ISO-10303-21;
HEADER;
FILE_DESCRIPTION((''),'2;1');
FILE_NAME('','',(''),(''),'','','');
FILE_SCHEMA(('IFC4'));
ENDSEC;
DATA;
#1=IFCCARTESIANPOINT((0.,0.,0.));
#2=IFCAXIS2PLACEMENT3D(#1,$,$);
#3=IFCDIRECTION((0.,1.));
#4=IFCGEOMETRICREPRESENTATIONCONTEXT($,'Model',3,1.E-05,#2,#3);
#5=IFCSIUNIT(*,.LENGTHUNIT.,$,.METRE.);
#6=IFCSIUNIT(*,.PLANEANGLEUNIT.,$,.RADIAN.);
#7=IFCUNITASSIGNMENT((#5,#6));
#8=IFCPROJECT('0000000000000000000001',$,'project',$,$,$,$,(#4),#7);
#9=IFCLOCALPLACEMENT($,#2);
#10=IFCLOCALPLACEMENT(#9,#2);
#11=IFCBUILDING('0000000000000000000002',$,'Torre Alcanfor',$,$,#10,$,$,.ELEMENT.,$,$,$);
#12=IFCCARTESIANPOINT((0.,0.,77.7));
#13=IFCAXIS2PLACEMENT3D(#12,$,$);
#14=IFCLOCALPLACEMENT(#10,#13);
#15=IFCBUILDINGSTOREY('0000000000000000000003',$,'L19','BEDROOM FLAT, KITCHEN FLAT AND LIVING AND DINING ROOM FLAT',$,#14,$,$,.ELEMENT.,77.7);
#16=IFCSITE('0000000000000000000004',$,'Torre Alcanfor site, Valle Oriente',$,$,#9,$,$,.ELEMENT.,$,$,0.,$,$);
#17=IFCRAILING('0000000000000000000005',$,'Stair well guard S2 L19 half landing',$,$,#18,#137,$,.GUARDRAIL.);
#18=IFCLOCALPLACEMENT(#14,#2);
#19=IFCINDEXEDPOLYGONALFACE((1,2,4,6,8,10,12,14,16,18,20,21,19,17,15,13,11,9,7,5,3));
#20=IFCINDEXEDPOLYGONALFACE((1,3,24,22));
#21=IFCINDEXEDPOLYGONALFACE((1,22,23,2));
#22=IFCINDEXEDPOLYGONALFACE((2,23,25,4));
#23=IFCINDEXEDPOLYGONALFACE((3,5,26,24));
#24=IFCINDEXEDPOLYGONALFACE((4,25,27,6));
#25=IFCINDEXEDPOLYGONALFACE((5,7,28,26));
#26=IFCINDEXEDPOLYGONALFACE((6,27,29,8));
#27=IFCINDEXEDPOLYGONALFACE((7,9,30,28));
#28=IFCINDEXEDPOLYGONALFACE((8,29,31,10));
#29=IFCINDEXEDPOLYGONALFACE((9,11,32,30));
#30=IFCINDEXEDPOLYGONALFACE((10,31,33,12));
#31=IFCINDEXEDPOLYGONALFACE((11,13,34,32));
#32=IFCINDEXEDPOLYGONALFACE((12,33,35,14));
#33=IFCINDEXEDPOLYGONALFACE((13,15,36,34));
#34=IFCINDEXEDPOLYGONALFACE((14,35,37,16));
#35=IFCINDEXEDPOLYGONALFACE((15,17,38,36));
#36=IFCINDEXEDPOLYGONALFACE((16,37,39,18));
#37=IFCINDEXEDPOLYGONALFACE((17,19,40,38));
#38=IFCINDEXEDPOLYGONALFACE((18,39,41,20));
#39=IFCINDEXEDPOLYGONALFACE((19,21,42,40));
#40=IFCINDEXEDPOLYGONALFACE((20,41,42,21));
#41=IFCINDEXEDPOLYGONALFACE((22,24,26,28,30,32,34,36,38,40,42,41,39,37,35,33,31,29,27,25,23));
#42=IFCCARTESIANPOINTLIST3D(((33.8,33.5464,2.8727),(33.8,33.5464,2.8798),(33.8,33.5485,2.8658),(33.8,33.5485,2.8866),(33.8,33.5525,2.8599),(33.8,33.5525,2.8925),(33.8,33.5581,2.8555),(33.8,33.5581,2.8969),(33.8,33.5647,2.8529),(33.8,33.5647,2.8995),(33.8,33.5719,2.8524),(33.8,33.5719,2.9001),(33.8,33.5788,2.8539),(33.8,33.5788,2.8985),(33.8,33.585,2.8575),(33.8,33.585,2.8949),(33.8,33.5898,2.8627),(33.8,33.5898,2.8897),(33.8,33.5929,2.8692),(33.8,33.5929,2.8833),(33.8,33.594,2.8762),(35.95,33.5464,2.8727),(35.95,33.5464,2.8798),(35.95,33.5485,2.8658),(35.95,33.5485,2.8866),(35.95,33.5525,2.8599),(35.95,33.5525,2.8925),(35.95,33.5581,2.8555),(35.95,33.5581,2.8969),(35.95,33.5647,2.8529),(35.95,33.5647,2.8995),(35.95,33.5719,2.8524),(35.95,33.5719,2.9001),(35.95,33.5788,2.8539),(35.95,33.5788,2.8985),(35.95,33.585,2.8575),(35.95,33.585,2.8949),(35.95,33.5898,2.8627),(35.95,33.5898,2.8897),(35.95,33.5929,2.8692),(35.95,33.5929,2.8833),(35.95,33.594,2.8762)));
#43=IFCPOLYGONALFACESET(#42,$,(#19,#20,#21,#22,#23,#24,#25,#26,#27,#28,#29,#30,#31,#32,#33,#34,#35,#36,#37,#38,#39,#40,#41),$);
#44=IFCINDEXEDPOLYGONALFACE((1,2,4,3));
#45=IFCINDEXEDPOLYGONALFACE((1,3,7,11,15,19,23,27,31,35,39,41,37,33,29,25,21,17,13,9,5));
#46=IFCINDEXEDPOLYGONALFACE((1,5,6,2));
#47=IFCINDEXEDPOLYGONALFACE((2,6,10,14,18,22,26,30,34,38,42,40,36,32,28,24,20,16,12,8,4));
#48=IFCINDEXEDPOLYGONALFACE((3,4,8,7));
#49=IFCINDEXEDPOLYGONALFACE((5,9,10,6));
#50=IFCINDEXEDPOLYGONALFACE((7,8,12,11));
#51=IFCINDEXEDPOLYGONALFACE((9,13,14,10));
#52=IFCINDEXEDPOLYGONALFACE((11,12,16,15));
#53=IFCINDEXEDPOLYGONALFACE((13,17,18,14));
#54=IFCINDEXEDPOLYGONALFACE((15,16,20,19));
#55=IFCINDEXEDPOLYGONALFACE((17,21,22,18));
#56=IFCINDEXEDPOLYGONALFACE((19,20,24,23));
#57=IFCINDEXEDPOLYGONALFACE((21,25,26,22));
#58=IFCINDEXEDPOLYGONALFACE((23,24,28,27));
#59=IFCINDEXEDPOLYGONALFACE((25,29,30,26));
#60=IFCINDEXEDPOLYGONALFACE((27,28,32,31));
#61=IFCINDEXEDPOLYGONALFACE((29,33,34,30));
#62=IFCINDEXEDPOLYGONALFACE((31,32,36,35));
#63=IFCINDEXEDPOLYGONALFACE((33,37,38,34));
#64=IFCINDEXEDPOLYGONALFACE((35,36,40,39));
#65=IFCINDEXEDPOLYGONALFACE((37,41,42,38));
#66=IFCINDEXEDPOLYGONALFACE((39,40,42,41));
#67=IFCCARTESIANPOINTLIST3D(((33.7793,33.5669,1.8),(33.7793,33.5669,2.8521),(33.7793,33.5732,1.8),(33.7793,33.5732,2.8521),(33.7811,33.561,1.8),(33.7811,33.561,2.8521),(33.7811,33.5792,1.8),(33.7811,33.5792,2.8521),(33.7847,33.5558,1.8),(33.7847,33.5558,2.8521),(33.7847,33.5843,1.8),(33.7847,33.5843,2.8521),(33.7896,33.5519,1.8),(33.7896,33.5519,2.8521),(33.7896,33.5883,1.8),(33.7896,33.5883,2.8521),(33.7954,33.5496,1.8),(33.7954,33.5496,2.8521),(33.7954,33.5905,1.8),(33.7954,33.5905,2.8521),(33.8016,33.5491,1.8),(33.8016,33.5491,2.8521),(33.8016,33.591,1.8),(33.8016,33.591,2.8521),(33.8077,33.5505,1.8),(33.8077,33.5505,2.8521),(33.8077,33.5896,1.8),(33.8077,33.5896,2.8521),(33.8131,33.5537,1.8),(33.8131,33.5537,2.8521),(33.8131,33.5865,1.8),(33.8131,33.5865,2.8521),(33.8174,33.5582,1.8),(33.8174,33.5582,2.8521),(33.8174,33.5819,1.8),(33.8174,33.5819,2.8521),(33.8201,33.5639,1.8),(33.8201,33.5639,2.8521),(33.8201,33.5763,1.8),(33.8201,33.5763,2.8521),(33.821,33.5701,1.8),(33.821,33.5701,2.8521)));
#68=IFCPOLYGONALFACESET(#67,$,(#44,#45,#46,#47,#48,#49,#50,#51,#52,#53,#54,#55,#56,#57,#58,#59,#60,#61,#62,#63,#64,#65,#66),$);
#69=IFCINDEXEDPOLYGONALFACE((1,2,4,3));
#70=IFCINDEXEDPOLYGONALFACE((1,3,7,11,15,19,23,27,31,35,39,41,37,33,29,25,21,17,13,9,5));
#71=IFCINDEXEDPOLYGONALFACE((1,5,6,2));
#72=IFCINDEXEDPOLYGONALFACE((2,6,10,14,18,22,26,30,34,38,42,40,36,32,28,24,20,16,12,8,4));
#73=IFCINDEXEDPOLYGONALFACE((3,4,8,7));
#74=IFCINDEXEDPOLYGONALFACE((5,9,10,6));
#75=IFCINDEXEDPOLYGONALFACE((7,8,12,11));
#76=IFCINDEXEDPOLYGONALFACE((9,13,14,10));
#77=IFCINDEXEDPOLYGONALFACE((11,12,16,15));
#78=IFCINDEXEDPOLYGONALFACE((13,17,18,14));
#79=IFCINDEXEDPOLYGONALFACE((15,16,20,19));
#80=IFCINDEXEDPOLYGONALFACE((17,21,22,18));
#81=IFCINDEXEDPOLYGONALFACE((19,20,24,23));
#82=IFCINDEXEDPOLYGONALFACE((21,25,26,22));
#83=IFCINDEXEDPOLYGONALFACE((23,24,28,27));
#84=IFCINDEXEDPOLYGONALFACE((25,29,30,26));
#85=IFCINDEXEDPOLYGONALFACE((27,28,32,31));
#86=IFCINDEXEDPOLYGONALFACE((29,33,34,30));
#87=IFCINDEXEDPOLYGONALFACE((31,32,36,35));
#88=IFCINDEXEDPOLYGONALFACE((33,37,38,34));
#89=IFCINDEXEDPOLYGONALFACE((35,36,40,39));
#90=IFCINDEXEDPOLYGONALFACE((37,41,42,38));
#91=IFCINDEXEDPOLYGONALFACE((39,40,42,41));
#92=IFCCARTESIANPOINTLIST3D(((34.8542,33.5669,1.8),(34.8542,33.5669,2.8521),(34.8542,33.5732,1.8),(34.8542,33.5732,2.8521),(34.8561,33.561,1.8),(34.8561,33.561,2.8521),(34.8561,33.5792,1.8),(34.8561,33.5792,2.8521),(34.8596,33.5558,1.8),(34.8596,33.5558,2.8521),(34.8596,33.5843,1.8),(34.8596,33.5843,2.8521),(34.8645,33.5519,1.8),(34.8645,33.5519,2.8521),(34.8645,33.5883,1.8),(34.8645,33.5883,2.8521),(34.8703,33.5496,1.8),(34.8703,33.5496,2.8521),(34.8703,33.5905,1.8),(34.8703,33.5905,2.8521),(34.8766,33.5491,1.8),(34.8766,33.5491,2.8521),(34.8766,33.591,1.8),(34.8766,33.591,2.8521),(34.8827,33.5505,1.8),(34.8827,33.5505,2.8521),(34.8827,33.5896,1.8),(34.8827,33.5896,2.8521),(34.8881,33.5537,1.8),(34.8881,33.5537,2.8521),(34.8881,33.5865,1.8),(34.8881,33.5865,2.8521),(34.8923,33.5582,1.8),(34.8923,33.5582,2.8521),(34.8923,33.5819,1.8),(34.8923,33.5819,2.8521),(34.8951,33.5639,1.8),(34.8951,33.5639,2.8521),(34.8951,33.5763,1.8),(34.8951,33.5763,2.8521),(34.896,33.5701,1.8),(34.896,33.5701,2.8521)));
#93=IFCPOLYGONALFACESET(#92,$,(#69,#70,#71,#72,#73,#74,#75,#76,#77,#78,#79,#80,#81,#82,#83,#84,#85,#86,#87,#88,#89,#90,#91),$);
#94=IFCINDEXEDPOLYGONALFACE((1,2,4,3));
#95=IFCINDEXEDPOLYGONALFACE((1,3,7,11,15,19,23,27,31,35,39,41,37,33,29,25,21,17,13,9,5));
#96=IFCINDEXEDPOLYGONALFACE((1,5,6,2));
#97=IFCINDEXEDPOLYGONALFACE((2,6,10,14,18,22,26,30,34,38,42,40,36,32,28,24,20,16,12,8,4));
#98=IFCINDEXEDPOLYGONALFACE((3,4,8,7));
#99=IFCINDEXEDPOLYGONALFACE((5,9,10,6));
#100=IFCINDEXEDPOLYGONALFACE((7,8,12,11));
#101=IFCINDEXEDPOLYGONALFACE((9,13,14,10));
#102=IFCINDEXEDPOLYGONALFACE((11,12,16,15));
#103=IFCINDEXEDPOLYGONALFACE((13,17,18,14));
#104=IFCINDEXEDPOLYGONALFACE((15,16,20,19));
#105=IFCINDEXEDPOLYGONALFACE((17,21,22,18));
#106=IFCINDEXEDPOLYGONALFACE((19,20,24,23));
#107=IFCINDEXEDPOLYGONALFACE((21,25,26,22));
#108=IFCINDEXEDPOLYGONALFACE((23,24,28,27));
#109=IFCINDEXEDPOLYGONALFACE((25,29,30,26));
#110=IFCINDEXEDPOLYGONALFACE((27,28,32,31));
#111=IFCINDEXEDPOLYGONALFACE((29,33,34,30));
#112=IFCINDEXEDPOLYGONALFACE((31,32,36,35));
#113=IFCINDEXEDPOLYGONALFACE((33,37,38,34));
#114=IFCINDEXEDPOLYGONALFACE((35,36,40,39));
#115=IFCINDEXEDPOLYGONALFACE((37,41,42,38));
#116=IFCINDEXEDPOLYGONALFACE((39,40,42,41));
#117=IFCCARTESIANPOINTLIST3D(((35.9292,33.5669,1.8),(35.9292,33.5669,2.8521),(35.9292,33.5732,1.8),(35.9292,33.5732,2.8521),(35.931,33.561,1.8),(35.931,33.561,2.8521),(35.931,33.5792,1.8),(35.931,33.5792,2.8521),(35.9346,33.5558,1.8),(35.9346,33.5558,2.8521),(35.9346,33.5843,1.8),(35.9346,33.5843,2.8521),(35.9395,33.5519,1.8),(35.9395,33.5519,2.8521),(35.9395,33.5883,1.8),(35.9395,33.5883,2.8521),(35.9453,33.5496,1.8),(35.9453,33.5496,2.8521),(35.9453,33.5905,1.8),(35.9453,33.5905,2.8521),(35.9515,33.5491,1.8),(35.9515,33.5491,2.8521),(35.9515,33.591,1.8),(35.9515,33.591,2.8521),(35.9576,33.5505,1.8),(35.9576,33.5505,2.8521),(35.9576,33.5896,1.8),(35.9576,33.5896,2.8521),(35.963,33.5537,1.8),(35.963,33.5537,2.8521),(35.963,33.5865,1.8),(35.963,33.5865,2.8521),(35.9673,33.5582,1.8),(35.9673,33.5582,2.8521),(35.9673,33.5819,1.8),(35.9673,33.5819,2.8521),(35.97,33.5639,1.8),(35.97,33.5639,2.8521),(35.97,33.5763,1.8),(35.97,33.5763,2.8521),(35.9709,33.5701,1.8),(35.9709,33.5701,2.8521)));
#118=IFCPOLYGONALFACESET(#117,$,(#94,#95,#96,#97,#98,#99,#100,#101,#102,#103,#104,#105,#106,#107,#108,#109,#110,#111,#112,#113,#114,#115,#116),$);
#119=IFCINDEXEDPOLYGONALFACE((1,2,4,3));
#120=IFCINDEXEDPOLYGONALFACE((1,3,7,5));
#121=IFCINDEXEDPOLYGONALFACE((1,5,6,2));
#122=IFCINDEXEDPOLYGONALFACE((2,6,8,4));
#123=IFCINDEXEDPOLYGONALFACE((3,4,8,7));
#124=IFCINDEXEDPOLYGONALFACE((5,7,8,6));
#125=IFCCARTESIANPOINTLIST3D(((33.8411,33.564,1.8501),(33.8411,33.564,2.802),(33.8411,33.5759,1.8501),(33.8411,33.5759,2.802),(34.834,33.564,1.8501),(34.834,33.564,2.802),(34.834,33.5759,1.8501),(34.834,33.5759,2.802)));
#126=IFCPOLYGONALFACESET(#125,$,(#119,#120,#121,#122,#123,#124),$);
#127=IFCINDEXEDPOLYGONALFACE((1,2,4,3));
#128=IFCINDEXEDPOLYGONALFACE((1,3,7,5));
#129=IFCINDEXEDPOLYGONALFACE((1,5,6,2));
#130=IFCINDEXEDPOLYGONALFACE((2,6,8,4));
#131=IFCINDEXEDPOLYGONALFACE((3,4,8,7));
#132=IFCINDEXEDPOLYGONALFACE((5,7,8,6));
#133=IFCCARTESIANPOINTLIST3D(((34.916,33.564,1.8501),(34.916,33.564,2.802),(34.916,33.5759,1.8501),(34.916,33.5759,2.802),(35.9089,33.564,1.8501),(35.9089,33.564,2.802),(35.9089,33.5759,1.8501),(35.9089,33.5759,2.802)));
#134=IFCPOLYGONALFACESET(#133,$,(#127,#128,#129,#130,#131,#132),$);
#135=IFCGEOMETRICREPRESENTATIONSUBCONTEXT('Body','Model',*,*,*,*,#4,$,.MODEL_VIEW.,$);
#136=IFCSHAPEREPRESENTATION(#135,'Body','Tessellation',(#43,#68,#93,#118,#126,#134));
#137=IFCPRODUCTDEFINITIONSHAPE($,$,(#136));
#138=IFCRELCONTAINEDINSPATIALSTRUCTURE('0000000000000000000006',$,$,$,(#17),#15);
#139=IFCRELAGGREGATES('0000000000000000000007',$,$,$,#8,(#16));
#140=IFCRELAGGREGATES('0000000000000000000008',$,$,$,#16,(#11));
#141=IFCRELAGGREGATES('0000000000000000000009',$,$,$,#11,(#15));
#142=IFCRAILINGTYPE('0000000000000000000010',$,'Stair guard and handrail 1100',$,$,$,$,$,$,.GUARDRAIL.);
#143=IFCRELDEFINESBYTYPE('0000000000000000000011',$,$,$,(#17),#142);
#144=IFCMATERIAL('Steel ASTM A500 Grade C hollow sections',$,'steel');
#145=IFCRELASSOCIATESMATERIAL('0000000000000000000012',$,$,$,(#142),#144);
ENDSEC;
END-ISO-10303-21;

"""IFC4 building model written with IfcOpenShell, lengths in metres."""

from ifc_helpers import new_model, si_unit, direction, frame, origin, origin_2d, place, context, subcontext, project, spatial, polyline, circle, outline, extrude, material, type_object, element, save


model = new_model("IFC4")

# Units and contexts
model_context = context("Model", 3, precision=1e-05, world=origin(), true_north=direction((0.0, 1.0)))
body_context = subcontext(model_context, "Body", "Model", "MODEL_VIEW")
ifc_project = project(units=[si_unit("LENGTHUNIT", "METRE"), si_unit("PLANEANGLEUNIT", "RADIAN")], contexts=[model_context])

# Site, building, storey
site_placement = place(None, origin())
site = spatial("IfcSite", under=ifc_project, at=site_placement, Name="Torre Alcanfor site, Valle Oriente", CompositionType="ELEMENT", RefElevation=0.0)
building_placement = place(site_placement, origin())
building = spatial("IfcBuilding", under=site, at=building_placement, Name="Torre Alcanfor", CompositionType="ELEMENT")
storey_placement = place(building_placement, frame((0.0, 0.0, 77.7)))
storey = spatial("IfcBuildingStorey", under=building, at=storey_placement, Name="L19", Description="BEDROOM FLAT, KITCHEN FLAT AND LIVING AND DINING ROOM FLAT", CompositionType="ELEMENT", Elevation=77.7)

# Railing
ifc_material_1 = material(Name="Steel ASTM A500 Grade C hollow sections", Category="steel")
railing_type_1 = type_object("IfcRailingType", Name="Stair guard and handrail 1100", PredefinedType="GUARDRAIL", material=ifc_material_1)
for number, where, name in (
    (1, (33.8, 33.5701, 1.8), "Stair well guard S2 L19 half landing"),
):
    element("IfcRailing", number, at=place(storey_placement, frame(where)), inside=storey, type_object=railing_type_1, Name=name, PredefinedType="GUARDRAIL", context=body_context, shape_type="SweptSolid", body=[
        extrude(circle(Radius=0.0239, at=origin_2d()), frame((0.0, 0.0, 1.0762), z_axis=(1.0, 0.0, 0.0), x_axis=(0.0, 1.0, 0.0)), (0.0, 0.0, 1.0), 2.1499),
        extrude(circle(Radius=0.021, at=origin_2d()), origin(), (0.0, 0.0, 1.0), 1.052),
        extrude(circle(Radius=0.021, at=origin_2d()), frame((1.075, 0.0, 0.0)), (0.0, 0.0, 1.0), 1.052),
        extrude(circle(Radius=0.021, at=origin_2d()), frame((2.1499, 0.0, 0.0)), (0.0, 0.0, 1.0), 1.052),
        extrude(outline(polyline([(0.041, 0.05), (1.0339, 0.05), (1.0339, 1.002), (0.041, 1.002), (0.041, 0.05)])), frame((0.0, 0.0059, 0.0), z_axis=(0.0, -1.0, 0.0), x_axis=(1.0, 0.0, 0.0)), (0.0, 0.0, 1.0), 0.012),
        extrude(outline(polyline([(1.116, 0.05), (2.1089, 0.05), (2.1089, 1.002), (1.116, 1.002), (1.116, 0.05)])), frame((0.0, 0.0059, 0.0), z_axis=(0.0, -1.0, 0.0), x_axis=(1.0, 0.0, 0.0)), (0.0, 0.0, 1.0), 0.012),
    ])

save(model, "model.ifc")
